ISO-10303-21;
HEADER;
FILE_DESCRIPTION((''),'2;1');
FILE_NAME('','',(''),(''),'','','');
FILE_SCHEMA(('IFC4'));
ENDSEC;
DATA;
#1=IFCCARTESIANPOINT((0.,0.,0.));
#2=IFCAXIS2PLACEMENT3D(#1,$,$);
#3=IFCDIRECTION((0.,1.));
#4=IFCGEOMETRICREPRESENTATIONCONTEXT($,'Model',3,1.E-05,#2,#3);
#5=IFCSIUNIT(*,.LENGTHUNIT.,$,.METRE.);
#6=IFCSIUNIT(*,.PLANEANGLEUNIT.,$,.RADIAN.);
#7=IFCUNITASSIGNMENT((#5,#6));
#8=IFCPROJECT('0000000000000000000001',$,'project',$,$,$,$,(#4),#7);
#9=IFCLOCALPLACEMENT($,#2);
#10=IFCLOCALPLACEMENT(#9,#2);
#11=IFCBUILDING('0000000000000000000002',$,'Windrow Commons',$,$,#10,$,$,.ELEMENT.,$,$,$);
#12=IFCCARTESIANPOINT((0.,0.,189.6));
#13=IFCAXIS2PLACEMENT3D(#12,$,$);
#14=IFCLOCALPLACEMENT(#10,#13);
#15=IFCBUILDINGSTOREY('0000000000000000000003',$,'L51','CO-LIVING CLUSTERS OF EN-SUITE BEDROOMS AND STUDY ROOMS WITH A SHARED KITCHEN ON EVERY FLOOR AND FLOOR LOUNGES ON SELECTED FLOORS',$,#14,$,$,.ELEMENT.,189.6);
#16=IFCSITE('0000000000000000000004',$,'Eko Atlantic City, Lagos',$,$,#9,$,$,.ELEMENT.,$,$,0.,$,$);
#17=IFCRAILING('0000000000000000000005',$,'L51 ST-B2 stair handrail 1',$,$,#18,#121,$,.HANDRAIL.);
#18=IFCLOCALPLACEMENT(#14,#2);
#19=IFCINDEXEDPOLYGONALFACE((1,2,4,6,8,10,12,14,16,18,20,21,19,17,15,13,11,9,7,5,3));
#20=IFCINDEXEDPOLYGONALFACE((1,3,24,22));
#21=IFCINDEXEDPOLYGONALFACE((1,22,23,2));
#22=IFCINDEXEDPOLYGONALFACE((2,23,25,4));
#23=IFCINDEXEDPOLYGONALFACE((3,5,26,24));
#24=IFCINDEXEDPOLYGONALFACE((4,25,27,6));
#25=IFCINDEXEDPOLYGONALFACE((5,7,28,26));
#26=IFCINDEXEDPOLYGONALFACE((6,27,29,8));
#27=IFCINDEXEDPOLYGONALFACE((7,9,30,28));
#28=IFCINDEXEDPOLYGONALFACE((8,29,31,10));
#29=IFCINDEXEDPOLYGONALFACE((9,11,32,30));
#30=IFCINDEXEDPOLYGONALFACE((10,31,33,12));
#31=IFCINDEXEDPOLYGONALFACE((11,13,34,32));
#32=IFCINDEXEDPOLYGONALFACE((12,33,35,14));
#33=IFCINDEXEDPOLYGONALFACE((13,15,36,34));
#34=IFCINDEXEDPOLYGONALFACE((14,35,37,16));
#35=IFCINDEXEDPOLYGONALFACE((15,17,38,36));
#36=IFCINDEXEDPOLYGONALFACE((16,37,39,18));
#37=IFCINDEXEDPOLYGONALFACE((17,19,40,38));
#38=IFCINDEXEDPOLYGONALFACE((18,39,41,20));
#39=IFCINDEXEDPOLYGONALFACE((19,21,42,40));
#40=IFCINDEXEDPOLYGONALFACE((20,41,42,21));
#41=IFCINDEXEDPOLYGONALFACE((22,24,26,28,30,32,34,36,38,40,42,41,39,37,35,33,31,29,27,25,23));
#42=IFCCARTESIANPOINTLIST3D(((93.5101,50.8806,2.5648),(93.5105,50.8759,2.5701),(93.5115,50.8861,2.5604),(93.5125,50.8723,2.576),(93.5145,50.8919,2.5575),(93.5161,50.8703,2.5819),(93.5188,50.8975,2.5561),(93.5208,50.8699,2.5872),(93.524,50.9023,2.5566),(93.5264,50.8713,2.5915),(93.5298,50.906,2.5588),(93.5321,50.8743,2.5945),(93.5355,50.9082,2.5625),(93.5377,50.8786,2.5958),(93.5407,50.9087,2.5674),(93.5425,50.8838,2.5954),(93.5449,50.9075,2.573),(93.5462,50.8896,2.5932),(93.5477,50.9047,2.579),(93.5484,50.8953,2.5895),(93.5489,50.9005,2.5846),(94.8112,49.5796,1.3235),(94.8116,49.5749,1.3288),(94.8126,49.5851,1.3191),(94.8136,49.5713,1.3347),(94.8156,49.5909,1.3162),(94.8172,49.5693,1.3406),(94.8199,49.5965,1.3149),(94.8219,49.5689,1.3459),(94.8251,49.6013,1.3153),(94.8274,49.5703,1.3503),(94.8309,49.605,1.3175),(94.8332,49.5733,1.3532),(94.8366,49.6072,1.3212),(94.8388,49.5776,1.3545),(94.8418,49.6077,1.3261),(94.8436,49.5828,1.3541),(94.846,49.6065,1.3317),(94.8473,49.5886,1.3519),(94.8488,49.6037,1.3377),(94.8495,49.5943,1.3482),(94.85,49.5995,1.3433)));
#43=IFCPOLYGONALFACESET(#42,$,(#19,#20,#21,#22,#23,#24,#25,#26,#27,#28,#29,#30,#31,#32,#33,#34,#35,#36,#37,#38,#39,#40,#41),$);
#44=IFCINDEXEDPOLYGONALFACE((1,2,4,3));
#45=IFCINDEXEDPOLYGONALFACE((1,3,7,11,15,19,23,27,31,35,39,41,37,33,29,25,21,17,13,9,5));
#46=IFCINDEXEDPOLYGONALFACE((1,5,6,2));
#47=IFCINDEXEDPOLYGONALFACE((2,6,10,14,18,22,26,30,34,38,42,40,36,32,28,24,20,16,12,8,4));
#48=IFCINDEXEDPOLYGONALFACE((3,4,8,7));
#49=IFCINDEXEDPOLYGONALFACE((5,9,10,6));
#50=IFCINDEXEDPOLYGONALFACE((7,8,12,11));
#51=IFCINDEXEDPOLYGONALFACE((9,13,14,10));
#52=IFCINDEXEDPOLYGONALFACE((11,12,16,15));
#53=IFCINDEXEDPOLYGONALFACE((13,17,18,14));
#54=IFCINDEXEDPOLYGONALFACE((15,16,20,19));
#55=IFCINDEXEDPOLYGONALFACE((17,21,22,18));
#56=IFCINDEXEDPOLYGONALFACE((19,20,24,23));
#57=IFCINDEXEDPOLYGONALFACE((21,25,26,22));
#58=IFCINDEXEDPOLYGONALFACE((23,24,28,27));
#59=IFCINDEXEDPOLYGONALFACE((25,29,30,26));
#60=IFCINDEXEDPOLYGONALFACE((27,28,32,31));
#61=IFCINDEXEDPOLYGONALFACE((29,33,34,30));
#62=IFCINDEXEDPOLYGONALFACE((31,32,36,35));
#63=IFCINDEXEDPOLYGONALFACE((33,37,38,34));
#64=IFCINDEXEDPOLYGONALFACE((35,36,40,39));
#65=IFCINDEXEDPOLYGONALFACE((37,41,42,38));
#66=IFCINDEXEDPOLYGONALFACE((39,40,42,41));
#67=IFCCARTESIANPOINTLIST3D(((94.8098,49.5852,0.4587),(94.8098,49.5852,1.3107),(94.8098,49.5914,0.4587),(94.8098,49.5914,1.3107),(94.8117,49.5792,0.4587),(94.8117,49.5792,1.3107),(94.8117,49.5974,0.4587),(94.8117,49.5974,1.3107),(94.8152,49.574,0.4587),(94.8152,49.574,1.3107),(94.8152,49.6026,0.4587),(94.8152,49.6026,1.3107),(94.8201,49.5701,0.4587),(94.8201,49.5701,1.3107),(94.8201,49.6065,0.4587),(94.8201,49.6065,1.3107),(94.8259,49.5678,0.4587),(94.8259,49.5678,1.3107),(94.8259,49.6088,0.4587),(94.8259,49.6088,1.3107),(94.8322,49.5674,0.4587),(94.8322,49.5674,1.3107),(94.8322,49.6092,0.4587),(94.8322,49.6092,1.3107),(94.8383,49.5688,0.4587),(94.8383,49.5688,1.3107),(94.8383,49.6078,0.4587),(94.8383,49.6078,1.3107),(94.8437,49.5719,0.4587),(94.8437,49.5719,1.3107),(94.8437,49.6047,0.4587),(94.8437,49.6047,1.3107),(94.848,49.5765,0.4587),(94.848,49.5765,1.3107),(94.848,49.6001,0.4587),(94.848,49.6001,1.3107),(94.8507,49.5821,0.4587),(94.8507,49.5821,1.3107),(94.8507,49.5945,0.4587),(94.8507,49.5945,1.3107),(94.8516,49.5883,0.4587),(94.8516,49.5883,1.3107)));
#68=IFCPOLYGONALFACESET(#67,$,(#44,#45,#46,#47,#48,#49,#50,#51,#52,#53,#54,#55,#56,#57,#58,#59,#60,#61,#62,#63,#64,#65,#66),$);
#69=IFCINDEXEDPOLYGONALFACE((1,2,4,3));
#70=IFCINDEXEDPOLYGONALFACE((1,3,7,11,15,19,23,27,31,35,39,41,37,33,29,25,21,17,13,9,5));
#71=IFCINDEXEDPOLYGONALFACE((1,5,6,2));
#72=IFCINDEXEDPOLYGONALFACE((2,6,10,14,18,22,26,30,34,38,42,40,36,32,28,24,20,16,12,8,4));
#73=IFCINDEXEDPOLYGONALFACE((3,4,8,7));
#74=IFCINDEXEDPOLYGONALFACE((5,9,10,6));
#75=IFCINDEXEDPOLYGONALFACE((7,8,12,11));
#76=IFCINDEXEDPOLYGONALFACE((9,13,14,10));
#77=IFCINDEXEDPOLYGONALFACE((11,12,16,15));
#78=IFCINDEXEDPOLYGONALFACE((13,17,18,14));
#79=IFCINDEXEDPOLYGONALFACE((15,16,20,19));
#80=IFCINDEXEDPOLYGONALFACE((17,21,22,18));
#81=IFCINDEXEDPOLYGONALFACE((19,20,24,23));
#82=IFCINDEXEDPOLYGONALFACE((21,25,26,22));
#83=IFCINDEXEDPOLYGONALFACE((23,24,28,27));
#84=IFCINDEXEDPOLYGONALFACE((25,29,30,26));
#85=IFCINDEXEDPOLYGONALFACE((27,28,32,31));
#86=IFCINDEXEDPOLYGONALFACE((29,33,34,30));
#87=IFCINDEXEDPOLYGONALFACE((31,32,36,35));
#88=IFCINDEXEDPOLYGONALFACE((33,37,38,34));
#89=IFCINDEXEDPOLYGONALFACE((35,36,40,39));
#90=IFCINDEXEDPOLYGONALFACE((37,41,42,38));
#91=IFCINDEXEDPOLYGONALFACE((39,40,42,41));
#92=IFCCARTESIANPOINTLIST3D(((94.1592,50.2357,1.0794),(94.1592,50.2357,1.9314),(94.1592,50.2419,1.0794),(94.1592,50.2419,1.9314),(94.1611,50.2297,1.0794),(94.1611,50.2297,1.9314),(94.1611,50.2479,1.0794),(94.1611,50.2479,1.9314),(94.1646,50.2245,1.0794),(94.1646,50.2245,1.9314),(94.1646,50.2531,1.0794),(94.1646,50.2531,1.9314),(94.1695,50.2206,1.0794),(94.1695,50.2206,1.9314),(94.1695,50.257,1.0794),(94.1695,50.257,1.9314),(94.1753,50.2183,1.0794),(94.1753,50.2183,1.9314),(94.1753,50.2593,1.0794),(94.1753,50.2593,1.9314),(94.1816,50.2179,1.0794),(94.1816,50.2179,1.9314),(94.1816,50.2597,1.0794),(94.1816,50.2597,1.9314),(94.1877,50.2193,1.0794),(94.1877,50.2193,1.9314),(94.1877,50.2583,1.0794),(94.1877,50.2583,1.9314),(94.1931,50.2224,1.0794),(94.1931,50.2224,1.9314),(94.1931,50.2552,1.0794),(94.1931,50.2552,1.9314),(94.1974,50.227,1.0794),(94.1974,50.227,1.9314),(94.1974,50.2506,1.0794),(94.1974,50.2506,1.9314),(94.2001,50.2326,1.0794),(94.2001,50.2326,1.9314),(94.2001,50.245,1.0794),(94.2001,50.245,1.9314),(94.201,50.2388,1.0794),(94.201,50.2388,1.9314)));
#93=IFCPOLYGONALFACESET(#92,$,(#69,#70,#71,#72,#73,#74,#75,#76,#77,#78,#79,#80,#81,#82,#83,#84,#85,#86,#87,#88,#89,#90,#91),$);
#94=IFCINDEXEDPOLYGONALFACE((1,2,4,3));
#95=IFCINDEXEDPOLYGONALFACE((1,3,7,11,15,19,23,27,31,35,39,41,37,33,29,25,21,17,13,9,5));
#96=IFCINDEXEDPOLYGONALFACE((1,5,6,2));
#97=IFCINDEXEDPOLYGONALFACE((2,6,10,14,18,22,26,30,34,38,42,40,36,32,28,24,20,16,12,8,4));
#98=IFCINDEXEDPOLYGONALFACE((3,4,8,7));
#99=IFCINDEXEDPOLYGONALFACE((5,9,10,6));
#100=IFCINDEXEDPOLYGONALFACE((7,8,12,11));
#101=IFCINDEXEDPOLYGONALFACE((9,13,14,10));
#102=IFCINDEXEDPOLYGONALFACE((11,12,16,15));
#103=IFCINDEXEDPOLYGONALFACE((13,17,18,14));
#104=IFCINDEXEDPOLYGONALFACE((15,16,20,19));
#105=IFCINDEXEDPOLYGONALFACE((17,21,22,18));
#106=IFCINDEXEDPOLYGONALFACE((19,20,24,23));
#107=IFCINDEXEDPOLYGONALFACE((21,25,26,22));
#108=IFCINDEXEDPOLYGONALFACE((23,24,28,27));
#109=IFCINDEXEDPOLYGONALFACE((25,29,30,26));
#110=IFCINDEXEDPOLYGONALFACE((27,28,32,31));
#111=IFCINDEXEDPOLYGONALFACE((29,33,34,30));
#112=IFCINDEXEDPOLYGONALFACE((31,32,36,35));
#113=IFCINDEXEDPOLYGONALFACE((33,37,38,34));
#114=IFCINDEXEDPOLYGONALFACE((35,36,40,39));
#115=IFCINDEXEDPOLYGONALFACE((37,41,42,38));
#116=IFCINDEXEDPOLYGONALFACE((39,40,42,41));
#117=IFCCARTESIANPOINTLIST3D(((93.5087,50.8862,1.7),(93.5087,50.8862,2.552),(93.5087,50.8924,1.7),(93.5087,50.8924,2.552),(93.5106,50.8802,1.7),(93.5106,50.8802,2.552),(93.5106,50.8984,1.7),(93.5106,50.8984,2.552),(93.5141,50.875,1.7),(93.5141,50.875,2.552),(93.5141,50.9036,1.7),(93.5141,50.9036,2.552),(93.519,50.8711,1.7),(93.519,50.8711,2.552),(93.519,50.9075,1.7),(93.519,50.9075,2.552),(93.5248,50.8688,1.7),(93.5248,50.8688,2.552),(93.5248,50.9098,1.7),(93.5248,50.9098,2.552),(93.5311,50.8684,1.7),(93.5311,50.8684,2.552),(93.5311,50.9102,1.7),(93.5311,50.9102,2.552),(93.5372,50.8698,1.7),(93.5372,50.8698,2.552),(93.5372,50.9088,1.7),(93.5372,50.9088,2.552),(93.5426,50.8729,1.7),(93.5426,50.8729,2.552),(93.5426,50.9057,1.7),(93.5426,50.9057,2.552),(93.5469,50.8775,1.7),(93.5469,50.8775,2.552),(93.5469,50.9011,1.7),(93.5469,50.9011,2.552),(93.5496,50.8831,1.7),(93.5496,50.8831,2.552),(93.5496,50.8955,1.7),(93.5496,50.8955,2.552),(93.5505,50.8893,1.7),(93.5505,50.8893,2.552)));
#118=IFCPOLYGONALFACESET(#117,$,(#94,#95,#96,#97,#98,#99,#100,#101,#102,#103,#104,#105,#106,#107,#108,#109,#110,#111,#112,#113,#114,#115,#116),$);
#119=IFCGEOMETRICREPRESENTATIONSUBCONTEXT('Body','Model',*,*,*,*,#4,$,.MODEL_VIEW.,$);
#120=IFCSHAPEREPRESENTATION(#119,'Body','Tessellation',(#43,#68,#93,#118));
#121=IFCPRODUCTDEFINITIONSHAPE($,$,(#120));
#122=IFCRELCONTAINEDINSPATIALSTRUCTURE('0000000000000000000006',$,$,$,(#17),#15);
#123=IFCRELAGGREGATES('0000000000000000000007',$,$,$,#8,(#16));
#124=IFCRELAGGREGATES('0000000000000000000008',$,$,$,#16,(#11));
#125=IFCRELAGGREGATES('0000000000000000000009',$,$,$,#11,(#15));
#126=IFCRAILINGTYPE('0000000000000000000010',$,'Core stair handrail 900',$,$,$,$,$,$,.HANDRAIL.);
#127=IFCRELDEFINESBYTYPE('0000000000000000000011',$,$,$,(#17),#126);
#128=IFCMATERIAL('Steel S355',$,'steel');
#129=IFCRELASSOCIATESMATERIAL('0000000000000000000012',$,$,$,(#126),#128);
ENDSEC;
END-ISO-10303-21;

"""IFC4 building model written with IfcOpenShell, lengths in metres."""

from ifc_helpers import new_model, si_unit, direction, frame, origin, origin_2d, place, context, subcontext, project, spatial, circle, extrude, material, type_object, element, save


model = new_model("IFC4")

# Units and contexts
model_context = context("Model", 3, precision=1e-05, world=origin(), true_north=direction((0.0, 1.0)))
body_context = subcontext(model_context, "Body", "Model", "MODEL_VIEW")
ifc_project = project(units=[si_unit("LENGTHUNIT", "METRE"), si_unit("PLANEANGLEUNIT", "RADIAN")], contexts=[model_context])

# Site, building, storey
site_placement = place(None, origin())
site = spatial("IfcSite", under=ifc_project, at=site_placement, Name="Eko Atlantic City, Lagos", CompositionType="ELEMENT", RefElevation=0.0)
building_placement = place(site_placement, origin())
building = spatial("IfcBuilding", under=site, at=building_placement, Name="Windrow Commons", CompositionType="ELEMENT")
storey_placement = place(building_placement, frame((0.0, 0.0, 189.6)))
storey = spatial("IfcBuildingStorey", under=building, at=storey_placement, Name="L51", Description="CO-LIVING CLUSTERS OF EN-SUITE BEDROOMS AND STUDY ROOMS WITH A SHARED KITCHEN ON EVERY FLOOR AND FLOOR LOUNGES ON SELECTED FLOORS", CompositionType="ELEMENT", Elevation=189.6)

# Railing
ifc_material_1 = material(Name="Steel S355", Category="steel")
railing_type_1 = type_object("IfcRailingType", Name="Core stair handrail 900", PredefinedType="HANDRAIL", material=ifc_material_1)
railing_1_placement = place(storey_placement, frame((94.8306, 49.5883, 0.4587)))
element("IfcRailing", 1, at=railing_1_placement, inside=storey, type_object=railing_type_1, Name="L51 ST-B2 stair handrail 1", PredefinedType="HANDRAIL", context=body_context, shape_type="SweptSolid", body=[
    extrude(circle(Radius=0.024, at=origin_2d()), frame((0.0, 0.0, 0.876), z_axis=(-0.586207, 0.586162, 0.559264), x_axis=(-0.70708, -0.707134, 0.0)), (0.0, 0.0, 1.0), 2.2195),
    extrude(circle(Radius=0.021, at=origin_2d()), origin(), (0.0, 0.0, 1.0), 0.852),
    extrude(circle(Radius=0.021, at=origin_2d()), frame((-0.6506, 0.6505, 0.6207)), (0.0, 0.0, 1.0), 0.852),
    extrude(circle(Radius=0.021, at=origin_2d()), frame((-1.3011, 1.301, 1.2413)), (0.0, 0.0, 1.0), 0.852),
])

save(model, "model.ifc")
